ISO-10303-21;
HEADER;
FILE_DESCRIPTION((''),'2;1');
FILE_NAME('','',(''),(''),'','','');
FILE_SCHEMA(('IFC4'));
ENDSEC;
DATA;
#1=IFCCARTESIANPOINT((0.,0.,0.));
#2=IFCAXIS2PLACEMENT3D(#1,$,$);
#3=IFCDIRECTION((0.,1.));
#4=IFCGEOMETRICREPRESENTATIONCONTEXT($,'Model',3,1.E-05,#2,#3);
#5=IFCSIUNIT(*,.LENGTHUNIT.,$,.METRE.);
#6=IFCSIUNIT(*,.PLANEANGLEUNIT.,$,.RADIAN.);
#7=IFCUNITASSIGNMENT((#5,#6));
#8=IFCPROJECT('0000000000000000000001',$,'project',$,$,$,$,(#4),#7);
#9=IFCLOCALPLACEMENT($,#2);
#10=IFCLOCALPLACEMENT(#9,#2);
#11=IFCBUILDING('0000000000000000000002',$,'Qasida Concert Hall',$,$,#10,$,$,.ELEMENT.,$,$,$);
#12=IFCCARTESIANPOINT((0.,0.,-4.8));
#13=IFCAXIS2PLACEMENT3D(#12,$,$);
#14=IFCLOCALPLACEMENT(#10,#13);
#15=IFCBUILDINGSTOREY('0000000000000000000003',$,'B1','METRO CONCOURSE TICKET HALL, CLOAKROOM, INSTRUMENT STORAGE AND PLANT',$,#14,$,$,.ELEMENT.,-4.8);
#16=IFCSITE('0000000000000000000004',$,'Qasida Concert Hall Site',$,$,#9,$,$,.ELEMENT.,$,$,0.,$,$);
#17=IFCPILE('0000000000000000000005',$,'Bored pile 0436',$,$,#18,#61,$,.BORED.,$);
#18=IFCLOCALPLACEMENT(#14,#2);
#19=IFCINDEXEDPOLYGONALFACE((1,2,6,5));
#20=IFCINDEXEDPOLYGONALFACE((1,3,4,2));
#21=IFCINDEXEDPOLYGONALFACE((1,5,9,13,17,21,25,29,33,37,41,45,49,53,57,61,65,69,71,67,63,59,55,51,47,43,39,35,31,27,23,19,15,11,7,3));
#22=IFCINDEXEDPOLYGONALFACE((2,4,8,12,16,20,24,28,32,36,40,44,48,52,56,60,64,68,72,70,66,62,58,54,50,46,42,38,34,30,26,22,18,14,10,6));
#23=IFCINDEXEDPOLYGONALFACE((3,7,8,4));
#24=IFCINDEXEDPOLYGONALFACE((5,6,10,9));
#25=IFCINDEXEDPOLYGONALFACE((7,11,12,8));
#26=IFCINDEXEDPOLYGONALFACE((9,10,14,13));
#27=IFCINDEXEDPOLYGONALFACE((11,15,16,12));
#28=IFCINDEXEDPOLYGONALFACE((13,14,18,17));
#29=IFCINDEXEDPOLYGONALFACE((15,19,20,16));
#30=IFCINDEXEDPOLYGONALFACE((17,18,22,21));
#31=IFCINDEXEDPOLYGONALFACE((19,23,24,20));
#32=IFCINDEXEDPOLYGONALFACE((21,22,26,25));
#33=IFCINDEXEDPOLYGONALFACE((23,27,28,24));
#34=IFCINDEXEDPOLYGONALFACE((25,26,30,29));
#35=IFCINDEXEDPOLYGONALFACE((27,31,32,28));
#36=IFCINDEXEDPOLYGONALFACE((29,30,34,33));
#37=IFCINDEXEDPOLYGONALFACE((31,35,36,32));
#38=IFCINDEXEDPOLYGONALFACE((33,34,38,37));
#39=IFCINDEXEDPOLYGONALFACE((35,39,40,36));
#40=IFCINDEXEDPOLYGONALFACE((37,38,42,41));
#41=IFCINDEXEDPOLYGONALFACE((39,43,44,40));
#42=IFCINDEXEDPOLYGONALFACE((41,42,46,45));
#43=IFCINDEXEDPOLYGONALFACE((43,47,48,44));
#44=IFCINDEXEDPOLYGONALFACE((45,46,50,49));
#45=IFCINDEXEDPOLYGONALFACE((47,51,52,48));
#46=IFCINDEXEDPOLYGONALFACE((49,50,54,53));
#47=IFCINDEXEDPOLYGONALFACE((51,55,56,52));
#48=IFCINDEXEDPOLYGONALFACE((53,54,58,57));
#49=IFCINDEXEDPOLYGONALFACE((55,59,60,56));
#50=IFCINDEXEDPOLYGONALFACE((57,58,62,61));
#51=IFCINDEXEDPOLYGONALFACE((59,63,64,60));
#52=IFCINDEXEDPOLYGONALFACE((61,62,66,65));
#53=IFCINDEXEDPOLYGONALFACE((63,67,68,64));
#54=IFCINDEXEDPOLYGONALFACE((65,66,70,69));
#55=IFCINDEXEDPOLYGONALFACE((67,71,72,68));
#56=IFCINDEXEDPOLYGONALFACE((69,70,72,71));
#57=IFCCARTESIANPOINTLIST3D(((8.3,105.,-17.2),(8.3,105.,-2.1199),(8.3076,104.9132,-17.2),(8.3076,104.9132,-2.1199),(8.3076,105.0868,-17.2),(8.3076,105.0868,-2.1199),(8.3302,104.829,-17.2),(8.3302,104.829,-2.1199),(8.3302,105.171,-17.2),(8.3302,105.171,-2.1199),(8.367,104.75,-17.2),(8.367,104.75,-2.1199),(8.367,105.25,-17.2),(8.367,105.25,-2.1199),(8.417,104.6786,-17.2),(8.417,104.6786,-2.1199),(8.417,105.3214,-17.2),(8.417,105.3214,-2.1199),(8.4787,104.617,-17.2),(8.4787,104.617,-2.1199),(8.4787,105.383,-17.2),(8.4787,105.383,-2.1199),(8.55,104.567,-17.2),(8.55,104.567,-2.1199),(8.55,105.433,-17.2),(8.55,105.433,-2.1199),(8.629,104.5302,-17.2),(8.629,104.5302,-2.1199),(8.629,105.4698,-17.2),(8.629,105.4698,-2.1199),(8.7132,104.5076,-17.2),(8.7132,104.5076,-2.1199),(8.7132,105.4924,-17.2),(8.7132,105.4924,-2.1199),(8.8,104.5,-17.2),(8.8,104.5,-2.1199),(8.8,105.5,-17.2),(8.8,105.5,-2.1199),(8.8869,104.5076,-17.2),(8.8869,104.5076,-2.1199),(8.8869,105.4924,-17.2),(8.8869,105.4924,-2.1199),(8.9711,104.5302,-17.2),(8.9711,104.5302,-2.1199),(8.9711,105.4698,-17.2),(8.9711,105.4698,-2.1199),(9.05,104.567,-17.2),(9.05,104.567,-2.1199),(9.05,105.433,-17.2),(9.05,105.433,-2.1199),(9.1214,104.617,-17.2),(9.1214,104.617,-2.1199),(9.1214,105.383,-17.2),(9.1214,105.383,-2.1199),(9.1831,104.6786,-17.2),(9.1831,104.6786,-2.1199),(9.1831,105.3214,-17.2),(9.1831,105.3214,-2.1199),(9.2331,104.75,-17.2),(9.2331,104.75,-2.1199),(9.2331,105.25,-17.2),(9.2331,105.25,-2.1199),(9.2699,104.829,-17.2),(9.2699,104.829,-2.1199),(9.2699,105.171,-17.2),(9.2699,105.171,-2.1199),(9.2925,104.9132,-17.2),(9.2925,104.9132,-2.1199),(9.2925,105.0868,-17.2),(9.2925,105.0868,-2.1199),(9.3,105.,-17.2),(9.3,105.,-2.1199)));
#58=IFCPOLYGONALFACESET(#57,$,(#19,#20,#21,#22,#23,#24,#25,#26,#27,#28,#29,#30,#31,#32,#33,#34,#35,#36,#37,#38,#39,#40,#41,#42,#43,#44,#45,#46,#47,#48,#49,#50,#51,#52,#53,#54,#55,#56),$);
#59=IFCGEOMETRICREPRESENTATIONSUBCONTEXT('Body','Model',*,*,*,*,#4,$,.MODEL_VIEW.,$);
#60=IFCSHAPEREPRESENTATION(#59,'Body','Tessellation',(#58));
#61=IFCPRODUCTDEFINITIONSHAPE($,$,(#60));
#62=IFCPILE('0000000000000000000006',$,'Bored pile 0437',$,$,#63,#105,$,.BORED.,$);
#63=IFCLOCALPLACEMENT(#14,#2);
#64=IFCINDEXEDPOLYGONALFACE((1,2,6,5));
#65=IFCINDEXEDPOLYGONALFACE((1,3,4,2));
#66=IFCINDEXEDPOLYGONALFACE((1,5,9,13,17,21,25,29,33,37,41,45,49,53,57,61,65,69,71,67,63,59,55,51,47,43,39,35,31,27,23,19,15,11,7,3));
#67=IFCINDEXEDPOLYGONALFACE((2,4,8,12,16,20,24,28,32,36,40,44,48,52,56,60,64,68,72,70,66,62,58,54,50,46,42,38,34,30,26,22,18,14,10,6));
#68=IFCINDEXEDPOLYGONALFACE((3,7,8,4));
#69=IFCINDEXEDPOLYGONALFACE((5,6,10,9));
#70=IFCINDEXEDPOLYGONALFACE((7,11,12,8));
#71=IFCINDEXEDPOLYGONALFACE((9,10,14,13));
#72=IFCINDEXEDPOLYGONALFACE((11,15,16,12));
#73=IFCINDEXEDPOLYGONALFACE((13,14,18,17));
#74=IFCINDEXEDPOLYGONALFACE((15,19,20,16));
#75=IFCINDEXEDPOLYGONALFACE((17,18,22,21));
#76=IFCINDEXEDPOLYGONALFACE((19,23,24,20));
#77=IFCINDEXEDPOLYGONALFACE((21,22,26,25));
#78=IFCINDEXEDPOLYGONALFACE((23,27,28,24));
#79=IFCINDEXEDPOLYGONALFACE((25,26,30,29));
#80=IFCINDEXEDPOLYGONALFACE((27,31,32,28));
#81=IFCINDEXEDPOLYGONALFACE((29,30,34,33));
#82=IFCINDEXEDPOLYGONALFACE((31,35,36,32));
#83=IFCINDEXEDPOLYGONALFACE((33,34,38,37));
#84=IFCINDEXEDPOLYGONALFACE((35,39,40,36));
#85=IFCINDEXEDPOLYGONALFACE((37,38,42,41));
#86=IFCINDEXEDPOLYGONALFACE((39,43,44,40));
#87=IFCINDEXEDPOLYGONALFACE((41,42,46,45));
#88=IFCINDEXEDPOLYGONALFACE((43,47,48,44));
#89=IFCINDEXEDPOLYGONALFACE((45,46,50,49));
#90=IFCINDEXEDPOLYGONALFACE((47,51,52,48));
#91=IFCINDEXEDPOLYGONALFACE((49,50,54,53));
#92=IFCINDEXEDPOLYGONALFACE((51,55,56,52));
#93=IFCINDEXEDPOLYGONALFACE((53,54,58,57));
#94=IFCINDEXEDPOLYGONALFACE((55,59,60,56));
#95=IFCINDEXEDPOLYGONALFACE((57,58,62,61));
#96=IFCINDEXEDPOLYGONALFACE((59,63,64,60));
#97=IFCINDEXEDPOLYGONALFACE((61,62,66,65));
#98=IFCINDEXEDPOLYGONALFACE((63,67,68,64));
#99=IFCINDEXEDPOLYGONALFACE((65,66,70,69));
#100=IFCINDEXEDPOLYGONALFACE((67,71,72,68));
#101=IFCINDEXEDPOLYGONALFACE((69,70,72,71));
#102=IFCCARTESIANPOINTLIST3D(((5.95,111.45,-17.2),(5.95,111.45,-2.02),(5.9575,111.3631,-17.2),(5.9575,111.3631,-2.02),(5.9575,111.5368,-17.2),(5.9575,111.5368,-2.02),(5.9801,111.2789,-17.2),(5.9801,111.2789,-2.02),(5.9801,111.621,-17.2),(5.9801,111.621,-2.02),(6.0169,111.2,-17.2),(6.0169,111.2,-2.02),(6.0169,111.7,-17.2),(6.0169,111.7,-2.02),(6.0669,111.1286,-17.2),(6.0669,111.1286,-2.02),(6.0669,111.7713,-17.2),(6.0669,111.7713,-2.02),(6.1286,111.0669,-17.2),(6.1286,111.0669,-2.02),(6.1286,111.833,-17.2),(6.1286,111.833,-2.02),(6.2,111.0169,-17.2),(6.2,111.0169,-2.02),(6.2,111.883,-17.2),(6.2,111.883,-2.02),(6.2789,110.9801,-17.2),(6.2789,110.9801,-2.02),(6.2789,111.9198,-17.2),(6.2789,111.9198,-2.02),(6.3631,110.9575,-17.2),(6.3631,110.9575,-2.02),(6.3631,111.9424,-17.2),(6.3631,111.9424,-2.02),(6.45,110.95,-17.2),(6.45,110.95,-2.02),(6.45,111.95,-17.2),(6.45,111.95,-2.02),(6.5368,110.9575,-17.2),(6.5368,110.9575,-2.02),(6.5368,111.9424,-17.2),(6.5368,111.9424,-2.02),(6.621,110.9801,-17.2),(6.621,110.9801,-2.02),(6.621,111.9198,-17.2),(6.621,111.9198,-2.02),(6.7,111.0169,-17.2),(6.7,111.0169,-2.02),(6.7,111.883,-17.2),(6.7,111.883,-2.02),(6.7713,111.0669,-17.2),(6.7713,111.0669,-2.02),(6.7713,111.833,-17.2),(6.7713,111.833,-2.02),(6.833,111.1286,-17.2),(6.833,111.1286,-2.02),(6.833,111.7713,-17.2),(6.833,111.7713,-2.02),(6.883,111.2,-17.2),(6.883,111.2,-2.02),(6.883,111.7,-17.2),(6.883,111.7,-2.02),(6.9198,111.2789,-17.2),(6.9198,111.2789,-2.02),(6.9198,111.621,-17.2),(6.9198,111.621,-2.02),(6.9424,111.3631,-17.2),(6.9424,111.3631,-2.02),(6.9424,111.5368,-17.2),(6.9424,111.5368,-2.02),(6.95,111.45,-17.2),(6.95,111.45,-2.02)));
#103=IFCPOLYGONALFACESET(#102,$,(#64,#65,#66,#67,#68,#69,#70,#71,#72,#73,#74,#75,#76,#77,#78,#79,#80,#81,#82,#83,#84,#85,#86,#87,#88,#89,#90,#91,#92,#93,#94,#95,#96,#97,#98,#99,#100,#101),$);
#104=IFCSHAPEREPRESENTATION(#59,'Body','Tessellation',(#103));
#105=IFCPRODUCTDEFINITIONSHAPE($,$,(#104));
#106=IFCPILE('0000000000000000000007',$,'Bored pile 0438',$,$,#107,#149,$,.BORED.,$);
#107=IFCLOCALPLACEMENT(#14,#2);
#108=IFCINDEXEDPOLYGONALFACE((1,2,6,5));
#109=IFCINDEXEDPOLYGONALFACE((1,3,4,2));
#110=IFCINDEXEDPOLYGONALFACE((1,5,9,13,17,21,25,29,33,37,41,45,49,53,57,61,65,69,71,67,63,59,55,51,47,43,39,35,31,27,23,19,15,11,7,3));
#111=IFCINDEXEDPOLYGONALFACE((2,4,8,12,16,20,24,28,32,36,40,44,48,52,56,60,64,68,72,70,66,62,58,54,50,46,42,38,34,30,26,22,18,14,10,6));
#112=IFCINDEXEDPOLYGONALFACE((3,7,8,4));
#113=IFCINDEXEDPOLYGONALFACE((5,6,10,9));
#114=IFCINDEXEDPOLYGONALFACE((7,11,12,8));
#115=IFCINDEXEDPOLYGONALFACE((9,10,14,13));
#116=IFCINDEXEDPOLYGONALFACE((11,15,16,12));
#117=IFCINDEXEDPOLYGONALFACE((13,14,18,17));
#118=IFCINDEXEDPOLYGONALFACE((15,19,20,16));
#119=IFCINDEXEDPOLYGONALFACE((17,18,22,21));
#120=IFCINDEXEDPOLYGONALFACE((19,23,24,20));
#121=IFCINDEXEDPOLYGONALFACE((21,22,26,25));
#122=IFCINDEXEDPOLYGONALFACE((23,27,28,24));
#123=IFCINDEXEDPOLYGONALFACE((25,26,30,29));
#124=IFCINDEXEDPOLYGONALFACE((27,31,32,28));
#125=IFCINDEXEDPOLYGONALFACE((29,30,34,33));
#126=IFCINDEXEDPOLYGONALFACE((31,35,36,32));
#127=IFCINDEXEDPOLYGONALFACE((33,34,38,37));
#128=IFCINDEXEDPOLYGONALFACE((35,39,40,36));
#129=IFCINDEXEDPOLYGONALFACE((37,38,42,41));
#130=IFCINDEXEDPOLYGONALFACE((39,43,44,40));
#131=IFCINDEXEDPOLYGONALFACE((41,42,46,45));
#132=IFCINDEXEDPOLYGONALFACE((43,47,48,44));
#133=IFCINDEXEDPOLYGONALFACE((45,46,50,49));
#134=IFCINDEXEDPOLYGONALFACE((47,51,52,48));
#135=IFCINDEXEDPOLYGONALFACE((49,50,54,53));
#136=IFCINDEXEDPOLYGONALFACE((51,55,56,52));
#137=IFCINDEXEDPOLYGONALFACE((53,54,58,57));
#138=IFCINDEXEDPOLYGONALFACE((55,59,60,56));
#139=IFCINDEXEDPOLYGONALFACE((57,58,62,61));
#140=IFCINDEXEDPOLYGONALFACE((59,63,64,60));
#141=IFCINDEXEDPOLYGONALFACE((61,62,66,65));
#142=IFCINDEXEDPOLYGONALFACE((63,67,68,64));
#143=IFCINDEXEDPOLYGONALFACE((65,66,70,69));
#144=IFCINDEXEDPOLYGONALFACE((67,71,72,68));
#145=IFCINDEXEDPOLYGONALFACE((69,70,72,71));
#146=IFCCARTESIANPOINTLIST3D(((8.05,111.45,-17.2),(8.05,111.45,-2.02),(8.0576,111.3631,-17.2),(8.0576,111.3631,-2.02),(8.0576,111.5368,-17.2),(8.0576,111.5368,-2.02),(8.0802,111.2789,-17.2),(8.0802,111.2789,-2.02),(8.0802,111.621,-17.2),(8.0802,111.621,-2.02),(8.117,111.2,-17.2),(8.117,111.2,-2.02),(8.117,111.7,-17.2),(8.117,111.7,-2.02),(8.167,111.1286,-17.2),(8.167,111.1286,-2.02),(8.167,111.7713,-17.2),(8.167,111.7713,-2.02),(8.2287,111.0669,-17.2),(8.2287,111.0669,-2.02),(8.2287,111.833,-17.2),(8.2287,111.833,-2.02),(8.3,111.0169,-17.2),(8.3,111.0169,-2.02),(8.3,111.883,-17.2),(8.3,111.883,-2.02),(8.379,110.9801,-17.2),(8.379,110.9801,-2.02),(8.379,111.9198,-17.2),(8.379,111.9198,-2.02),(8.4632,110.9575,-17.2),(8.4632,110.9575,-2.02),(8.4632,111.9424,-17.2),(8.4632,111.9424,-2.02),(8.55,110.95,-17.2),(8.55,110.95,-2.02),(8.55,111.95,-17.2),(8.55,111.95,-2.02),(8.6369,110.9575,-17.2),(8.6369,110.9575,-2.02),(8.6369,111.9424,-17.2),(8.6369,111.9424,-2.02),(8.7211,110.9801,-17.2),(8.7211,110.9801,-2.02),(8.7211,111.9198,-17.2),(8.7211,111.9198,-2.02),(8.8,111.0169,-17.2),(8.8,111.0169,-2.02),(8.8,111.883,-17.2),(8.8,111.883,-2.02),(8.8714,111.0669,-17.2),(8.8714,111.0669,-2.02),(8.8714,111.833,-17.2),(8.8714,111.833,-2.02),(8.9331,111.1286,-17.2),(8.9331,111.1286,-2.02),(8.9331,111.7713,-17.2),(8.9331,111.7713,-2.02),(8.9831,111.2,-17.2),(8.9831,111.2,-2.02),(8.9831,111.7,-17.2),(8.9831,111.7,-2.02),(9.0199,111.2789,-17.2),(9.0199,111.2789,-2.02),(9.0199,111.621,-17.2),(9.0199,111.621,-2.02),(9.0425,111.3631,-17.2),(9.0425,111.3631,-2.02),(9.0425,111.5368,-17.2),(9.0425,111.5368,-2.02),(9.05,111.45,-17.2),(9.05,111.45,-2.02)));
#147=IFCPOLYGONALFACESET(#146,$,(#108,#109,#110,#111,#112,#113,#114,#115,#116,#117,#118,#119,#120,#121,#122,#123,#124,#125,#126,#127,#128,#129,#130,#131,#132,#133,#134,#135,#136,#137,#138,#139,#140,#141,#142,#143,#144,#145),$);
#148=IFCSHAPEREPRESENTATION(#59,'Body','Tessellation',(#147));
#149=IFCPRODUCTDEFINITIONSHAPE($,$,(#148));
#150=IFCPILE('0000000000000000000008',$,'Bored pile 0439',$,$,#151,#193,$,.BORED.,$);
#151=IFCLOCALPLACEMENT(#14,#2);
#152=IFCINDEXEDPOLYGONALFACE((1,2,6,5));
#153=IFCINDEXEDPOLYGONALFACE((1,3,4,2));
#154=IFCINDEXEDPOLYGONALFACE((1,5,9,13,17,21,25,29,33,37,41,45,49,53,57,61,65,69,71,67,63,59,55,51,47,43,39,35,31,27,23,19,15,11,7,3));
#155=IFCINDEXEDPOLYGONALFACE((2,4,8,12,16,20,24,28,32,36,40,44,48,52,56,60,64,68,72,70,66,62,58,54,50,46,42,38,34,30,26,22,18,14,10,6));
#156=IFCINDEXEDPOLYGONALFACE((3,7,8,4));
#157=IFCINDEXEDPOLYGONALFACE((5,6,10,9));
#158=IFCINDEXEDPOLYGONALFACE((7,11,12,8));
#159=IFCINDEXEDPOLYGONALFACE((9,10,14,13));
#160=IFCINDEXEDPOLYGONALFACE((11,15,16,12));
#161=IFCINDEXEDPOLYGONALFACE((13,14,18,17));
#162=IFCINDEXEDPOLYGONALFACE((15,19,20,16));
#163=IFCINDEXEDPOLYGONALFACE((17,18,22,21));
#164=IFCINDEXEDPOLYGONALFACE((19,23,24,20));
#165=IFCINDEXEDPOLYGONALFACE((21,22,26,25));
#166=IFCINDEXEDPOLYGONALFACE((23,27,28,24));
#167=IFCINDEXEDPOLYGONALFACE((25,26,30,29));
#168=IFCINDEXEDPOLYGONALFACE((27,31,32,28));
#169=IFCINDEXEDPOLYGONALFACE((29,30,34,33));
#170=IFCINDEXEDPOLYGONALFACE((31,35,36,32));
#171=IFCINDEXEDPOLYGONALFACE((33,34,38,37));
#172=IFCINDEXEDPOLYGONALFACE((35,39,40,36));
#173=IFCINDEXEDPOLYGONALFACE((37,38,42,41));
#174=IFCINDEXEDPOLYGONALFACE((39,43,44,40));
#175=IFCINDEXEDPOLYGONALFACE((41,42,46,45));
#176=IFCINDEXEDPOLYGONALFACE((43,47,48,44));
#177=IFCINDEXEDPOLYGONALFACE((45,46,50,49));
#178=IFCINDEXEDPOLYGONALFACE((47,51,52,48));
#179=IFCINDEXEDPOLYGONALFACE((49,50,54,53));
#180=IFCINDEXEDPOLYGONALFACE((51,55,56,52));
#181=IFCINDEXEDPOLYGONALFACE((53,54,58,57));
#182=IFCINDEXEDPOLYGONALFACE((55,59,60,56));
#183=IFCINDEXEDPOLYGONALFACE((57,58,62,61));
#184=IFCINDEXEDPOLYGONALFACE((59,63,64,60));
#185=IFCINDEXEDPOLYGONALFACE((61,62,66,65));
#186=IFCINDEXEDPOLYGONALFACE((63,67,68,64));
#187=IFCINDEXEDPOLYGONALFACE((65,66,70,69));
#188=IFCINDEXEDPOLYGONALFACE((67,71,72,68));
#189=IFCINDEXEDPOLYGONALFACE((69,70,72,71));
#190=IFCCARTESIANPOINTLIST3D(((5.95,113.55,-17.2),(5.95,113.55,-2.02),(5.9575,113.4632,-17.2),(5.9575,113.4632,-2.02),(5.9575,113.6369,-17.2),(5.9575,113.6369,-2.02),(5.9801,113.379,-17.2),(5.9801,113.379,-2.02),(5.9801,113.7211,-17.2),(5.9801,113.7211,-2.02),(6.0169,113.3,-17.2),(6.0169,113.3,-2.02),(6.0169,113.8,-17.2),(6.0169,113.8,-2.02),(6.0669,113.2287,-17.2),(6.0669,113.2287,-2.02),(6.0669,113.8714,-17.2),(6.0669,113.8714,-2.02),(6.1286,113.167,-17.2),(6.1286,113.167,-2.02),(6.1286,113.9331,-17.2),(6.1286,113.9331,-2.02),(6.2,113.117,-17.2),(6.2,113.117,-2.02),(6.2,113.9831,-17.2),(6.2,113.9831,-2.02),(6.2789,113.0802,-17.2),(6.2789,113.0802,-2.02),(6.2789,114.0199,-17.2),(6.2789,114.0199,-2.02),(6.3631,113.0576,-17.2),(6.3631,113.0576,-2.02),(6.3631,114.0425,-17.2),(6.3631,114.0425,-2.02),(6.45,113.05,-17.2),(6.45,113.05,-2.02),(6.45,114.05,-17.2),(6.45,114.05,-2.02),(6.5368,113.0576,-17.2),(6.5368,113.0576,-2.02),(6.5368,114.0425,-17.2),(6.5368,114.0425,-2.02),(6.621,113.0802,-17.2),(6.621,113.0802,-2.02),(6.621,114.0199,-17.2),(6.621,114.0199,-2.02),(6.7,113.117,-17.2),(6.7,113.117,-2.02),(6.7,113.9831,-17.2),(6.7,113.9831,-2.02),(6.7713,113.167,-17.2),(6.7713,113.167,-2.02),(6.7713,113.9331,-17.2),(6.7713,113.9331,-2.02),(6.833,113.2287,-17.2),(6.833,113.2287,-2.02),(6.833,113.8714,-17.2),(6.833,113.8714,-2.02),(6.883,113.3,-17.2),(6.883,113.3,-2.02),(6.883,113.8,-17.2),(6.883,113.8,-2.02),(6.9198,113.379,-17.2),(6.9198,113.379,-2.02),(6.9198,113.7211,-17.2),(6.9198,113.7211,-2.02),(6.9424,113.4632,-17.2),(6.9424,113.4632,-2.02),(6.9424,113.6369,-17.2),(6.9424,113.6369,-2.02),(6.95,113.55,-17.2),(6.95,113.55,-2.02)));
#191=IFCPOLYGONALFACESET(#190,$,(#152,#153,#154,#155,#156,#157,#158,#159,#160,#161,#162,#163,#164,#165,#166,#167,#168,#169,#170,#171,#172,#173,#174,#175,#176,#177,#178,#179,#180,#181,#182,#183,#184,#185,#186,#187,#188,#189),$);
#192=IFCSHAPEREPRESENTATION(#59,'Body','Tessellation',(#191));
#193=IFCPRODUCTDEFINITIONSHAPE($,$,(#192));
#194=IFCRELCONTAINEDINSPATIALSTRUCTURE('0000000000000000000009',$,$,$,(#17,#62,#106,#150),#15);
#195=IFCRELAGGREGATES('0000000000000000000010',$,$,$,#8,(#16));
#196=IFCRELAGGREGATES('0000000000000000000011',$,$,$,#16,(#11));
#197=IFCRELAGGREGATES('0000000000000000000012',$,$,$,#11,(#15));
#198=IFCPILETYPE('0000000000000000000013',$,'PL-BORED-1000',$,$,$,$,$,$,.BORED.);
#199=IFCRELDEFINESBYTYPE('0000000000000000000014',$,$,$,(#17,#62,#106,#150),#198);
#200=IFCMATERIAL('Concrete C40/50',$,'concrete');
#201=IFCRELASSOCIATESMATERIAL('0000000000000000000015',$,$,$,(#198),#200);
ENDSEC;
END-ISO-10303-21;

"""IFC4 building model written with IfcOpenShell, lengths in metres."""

from ifc_helpers import new_model, si_unit, direction, frame, origin, origin_2d, place, context, subcontext, project, spatial, circle, extrude, material, material_profile, profile_set, type_object, element, save


model = new_model("IFC4")

# Units and contexts
model_context = context("Model", 3, precision=1e-05, world=origin(), true_north=direction((0.0, 1.0)))
body_context = subcontext(model_context, "Body", "Model", "MODEL_VIEW")
ifc_project = project(units=[si_unit("LENGTHUNIT", "METRE"), si_unit("PLANEANGLEUNIT", "RADIAN")], contexts=[model_context])

# Site, building, storey
site_placement = place(None, origin())
site = spatial("IfcSite", under=ifc_project, at=site_placement, Name="Qasida Concert Hall Site", CompositionType="ELEMENT", RefElevation=0.0)
building_placement = place(site_placement, origin())
building = spatial("IfcBuilding", under=site, at=building_placement, Name="Qasida Concert Hall", CompositionType="ELEMENT")
storey_placement = place(building_placement, frame((0.0, 0.0, -4.8)))
storey = spatial("IfcBuildingStorey", under=building, at=storey_placement, Name="B1", Description="METRO CONCOURSE TICKET HALL, CLOAKROOM, INSTRUMENT STORAGE AND PLANT", CompositionType="ELEMENT", Elevation=-4.8)

# Shared definitions
ifc_material_1 = material(Name="Concrete C40/50", Category="concrete")

# Piles
ifc_material_profile_1 = material_profile(ifc_material_1, circle(Radius=0.5, at=origin_2d()), Name="BORED PILE D1000")
ifc_profile_set_1 = profile_set([ifc_material_profile_1], Name="Concrete C40/50")
pile_type = type_object("IfcPileType", Name="PL-BORED-1000", PredefinedType="BORED", material=ifc_profile_set_1)
for number, where, z_axis, x_axis, name in (
    (1, (8.8, 105.0, -2.1199), (0.0, 0.0, -1.0), (1.0, 0.0, 0.0), "Bored pile 0436"),
):
    element("IfcPile", number, at=place(storey_placement, frame(where, z_axis=z_axis, x_axis=x_axis)), inside=storey, type_object=pile_type, Name=name, PredefinedType="BORED", context=body_context, shape_type="SweptSolid", body=[
        extrude(circle(Radius=0.5, at=origin_2d()), origin(), (0.0, 0.0, 1.0), 15.0801),
    ])
for number, where, z_axis, x_axis, name in (
    (2, (6.45, 111.45, -2.02), (0.0, 0.0, -1.0), (1.0, 0.0, 0.0), "Bored pile 0437"),
    (3, (8.55, 111.45, -2.02), (0.0, 0.0, -1.0), (1.0, 0.0, 0.0), "Bored pile 0438"),
    (4, (6.45, 113.55, -2.02), (0.0, 0.0, -1.0), (1.0, 0.0, 0.0), "Bored pile 0439"),
):
    element("IfcPile", number, at=place(storey_placement, frame(where, z_axis=z_axis, x_axis=x_axis)), inside=storey, type_object=pile_type, Name=name, PredefinedType="BORED", context=body_context, shape_type="SweptSolid", body=[
        extrude(circle(Radius=0.5, at=origin_2d()), origin(), (0.0, 0.0, 1.0), 15.1799),
    ])

save(model, "model.ifc")
